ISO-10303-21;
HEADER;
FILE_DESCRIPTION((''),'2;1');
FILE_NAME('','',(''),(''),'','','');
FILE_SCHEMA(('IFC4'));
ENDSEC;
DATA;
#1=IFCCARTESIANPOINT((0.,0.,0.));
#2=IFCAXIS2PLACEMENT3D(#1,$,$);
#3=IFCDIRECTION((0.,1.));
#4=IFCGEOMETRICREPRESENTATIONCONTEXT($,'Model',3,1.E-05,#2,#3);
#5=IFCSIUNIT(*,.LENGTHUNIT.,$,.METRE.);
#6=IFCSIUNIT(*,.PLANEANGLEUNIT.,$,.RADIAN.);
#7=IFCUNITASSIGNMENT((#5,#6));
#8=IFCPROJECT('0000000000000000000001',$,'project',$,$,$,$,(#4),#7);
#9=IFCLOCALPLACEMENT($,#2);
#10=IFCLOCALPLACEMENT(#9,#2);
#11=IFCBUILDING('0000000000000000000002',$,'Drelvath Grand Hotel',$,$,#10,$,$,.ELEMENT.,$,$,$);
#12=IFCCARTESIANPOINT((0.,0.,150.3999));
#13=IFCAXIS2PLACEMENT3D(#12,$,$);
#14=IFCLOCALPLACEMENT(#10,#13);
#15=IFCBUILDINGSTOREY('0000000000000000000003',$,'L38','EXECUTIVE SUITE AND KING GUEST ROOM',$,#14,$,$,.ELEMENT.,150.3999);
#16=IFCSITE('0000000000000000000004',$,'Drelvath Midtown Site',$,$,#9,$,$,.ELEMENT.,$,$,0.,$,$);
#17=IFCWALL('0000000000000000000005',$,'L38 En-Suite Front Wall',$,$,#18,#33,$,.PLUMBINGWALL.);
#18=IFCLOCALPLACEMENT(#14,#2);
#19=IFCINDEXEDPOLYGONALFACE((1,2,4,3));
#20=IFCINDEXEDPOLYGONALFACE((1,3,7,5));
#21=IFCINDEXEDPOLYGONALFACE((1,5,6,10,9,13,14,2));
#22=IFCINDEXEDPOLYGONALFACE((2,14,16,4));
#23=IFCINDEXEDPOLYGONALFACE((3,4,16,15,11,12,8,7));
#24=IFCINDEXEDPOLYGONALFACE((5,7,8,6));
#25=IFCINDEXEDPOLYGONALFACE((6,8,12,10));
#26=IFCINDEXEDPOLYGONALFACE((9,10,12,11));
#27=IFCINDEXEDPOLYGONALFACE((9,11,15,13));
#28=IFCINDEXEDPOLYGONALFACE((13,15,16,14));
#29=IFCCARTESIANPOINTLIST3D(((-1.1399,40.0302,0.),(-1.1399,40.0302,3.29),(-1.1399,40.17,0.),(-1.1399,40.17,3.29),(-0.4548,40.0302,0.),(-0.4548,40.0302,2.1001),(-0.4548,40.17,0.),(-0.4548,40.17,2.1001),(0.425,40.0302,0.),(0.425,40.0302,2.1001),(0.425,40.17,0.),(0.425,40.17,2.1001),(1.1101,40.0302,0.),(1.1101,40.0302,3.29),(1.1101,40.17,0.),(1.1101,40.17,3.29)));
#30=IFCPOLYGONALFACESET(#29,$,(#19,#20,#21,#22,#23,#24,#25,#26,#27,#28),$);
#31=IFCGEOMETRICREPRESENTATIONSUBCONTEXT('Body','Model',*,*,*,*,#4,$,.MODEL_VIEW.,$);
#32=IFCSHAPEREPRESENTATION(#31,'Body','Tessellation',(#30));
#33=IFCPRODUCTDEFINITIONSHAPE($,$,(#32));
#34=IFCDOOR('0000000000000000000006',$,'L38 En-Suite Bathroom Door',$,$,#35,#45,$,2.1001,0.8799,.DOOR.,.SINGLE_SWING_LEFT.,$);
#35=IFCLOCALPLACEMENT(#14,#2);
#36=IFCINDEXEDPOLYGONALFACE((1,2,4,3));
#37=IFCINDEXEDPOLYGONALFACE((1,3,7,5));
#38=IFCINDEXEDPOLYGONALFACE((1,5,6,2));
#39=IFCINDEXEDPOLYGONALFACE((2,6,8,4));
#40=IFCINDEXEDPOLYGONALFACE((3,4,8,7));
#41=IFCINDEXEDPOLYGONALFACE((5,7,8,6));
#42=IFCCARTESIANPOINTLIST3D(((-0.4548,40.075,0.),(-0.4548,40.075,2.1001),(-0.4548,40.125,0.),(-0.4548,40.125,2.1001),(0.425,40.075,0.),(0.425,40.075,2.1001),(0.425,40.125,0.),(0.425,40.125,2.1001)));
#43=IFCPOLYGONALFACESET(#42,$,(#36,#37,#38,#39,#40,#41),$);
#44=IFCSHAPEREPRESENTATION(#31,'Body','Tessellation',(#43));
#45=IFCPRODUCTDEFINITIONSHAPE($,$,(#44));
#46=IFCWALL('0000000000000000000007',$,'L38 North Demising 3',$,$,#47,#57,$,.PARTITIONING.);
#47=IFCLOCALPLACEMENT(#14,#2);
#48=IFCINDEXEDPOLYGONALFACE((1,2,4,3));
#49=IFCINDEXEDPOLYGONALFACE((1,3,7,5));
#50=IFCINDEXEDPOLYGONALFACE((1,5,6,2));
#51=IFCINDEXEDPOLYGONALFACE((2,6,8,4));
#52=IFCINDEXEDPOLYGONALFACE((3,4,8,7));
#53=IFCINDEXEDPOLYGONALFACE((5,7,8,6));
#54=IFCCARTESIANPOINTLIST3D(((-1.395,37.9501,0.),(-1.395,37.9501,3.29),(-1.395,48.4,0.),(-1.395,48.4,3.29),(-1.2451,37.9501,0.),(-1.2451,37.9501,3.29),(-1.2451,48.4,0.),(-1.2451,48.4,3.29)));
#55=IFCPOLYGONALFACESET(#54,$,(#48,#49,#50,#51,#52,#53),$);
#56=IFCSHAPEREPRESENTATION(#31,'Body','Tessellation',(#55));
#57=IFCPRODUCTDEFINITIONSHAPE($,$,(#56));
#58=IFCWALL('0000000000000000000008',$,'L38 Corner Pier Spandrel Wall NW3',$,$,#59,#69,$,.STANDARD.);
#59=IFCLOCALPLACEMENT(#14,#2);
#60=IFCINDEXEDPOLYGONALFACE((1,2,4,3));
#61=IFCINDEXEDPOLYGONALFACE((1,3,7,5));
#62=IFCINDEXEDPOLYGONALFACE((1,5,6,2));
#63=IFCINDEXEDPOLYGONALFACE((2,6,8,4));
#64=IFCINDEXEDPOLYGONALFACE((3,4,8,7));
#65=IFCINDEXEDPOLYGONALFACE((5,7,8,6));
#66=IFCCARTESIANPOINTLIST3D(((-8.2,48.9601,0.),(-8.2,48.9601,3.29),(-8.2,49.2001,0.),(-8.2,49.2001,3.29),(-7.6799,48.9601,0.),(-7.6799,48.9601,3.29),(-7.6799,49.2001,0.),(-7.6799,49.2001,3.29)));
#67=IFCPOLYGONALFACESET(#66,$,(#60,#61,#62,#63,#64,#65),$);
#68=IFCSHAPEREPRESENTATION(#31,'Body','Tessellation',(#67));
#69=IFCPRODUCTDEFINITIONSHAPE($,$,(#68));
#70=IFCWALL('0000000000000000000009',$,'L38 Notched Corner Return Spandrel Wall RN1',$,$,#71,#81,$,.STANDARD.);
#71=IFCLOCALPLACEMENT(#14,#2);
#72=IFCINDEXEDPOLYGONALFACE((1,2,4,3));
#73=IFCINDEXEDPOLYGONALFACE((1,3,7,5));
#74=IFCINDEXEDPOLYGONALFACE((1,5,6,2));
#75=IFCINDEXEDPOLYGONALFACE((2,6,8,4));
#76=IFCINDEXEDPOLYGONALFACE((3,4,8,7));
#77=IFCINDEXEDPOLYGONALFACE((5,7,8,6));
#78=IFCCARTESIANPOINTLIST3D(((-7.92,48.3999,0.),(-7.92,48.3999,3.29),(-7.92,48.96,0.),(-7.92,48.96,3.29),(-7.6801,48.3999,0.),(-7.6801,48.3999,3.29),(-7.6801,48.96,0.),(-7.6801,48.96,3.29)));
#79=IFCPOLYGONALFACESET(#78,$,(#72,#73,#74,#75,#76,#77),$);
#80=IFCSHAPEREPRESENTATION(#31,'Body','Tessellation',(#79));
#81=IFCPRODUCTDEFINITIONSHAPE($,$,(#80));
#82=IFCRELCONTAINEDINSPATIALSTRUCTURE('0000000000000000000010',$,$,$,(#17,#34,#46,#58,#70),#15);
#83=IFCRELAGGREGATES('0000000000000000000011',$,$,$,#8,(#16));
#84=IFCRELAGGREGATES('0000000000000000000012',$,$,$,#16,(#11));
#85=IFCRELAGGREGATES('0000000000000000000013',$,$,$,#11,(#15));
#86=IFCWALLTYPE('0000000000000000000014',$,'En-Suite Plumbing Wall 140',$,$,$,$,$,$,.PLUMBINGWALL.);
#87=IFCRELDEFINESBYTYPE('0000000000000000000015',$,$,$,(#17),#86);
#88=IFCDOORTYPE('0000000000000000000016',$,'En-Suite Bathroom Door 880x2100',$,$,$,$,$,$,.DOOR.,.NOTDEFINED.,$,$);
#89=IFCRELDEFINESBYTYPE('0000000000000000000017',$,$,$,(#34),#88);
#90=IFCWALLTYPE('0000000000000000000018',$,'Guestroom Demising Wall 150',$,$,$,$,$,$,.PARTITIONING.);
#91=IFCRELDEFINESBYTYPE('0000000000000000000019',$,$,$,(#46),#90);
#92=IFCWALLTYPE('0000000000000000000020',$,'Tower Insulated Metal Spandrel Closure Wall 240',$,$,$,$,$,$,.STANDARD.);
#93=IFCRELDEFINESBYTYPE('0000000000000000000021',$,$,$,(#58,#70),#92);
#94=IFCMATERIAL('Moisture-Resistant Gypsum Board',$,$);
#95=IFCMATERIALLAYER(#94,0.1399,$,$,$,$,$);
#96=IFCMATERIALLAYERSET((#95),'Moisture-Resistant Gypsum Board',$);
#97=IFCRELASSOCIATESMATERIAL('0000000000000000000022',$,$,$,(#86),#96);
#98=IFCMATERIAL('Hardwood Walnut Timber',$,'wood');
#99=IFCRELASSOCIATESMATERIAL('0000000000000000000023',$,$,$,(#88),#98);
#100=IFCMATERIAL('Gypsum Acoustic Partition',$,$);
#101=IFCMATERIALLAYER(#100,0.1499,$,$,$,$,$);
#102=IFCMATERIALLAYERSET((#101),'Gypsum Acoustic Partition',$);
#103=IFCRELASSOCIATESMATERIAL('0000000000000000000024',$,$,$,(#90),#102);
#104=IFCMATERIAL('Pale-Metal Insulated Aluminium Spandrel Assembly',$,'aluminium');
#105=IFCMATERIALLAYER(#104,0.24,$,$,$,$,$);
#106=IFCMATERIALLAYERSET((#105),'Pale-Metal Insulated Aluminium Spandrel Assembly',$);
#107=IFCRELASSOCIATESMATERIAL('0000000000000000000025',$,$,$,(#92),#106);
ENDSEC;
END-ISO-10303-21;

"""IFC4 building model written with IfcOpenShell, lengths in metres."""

from ifc_helpers import new_model, si_unit, direction, frame, frame_2d, origin, place, context, subcontext, project, spatial, rectangle, extrude, material, layer, layer_set, type_object, element, fill, save


model = new_model("IFC4")

# Units and contexts
model_context = context("Model", 3, precision=1e-05, world=origin(), true_north=direction((0.0, 1.0)))
body_context = subcontext(model_context, "Body", "Model", "MODEL_VIEW")
ifc_project = project(units=[si_unit("LENGTHUNIT", "METRE"), si_unit("PLANEANGLEUNIT", "RADIAN")], contexts=[model_context])

# Site, building, storey
site_placement = place(None, origin())
site = spatial("IfcSite", under=ifc_project, at=site_placement, Name="Drelvath Midtown Site", CompositionType="ELEMENT", RefElevation=0.0)
building_placement = place(site_placement, origin())
building = spatial("IfcBuilding", under=site, at=building_placement, Name="Drelvath Grand Hotel", CompositionType="ELEMENT")
storey_placement = place(building_placement, frame((0.0, 0.0, 150.3999)))
storey = spatial("IfcBuildingStorey", under=building, at=storey_placement, Name="L38", Description="EXECUTIVE SUITE AND KING GUEST ROOM", CompositionType="ELEMENT", Elevation=150.3999)

# Shared definitions
ifc_material_1 = material(Name="Moisture-Resistant Gypsum Board")
ifc_layer_1 = layer(ifc_material_1, 0.1399)
ifc_layer_set_1 = layer_set([ifc_layer_1], Name="Moisture-Resistant Gypsum Board")
wall_type_1 = type_object("IfcWallType", Name="En-Suite Plumbing Wall 140", PredefinedType="PLUMBINGWALL", material=ifc_layer_set_1)
ifc_material_2 = material(Name="Hardwood Walnut Timber", Category="wood")
door_type = type_object("IfcDoorType", Name="En-Suite Bathroom Door 880x2100", OperationType="NOTDEFINED", PredefinedType="DOOR", material=ifc_material_2)

# Wall, opening, door
wall_1_placement = place(storey_placement, frame((-1.1399, 40.1001, 0.0), z_axis=(0.0, 0.0, 1.0), x_axis=(1.0, 0.0, 0.0)))
wall_1 = element("IfcWall", 1, at=wall_1_placement, inside=storey, type_object=wall_type_1, Name="L38 En-Suite Front Wall", PredefinedType="PLUMBINGWALL", context=body_context, shape_type="SweptSolid", body=[
    extrude(rectangle(XDim=2.25, YDim=0.1399, at=frame_2d((1.125, 0.0))), origin(), (0.0, 0.0, 1.0), 3.29),
])
opening_1_placement = place(wall_1_placement, frame((0.6851, 0.0, 0.0)))
opening_1 = element("IfcOpeningElement", 2, at=opening_1_placement, cuts=wall_1, PredefinedType="OPENING", context=body_context, shape_type="SweptSolid", body=[
    extrude(rectangle(XDim=0.8799, YDim=2.1001, at=frame_2d((0.4399, 1.05))), frame((0.0, 0.0798, 0.0), z_axis=(0.0, -1.0, 0.0), x_axis=(1.0, 0.0, 0.0)), (0.0, 0.0, 1.0), 0.1599),
])
door_1_placement = place(opening_1_placement, origin())
door_1 = element("IfcDoor", 3, at=door_1_placement, inside=storey, type_object=door_type, Name="L38 En-Suite Bathroom Door", OperationType="SINGLE_SWING_LEFT", OverallHeight=2.1001, OverallWidth=0.8799, PredefinedType="DOOR", context=body_context, shape_type="SweptSolid", body=[
    extrude(rectangle(XDim=0.8799, YDim=2.1001, at=frame_2d((0.4399, 1.05))), frame((0.0, 0.0249, 0.0), z_axis=(0.0, -1.0, 0.0), x_axis=(1.0, 0.0, 0.0)), (0.0, 0.0, 1.0), 0.05),
])
fill(opening_1, door_1)

# Walls
ifc_material_3 = material(Name="Gypsum Acoustic Partition")
ifc_layer_2 = layer(ifc_material_3, 0.1499)
ifc_layer_set_2 = layer_set([ifc_layer_2], Name="Gypsum Acoustic Partition")
wall_type_2 = type_object("IfcWallType", Name="Guestroom Demising Wall 150", PredefinedType="PARTITIONING", material=ifc_layer_set_2)
wall_2_placement = place(storey_placement, frame((-1.3201, 37.95, 0.0), z_axis=(0.0, 0.0, 1.0), x_axis=(0.0, 1.0, 0.0)))
element("IfcWall", 4, at=wall_2_placement, inside=storey, type_object=wall_type_2, Name="L38 North Demising 3", PredefinedType="PARTITIONING", context=body_context, shape_type="SweptSolid", body=[
    extrude(rectangle(XDim=10.45, YDim=0.1499, at=frame_2d((5.2251, 0.0))), origin(), (0.0, 0.0, 1.0), 3.29),
])
ifc_material_4 = material(Name="Pale-Metal Insulated Aluminium Spandrel Assembly", Category="aluminium")
ifc_layer_3 = layer(ifc_material_4, 0.24)
ifc_layer_set_3 = layer_set([ifc_layer_3], Name="Pale-Metal Insulated Aluminium Spandrel Assembly")
wall_type_3 = type_object("IfcWallType", Name="Tower Insulated Metal Spandrel Closure Wall 240", PredefinedType="STANDARD", material=ifc_layer_set_3)
wall_3_placement = place(storey_placement, frame((-8.2, 49.0801, 0.0), z_axis=(0.0, 0.0, 1.0), x_axis=(1.0, 0.0, 0.0)))
element("IfcWall", 5, at=wall_3_placement, inside=storey, type_object=wall_type_3, Name="L38 Corner Pier Spandrel Wall NW3", PredefinedType="STANDARD", context=body_context, shape_type="SweptSolid", body=[
    extrude(rectangle(XDim=0.52, YDim=0.24, at=frame_2d((0.26, 0.0))), origin(), (0.0, 0.0, 1.0), 3.29),
])
wall_4_placement = place(storey_placement, frame((-7.8, 48.96, 0.0), z_axis=(0.0, 0.0, 1.0), x_axis=(0.0, -1.0, 0.0)))
element("IfcWall", 6, at=wall_4_placement, inside=storey, type_object=wall_type_3, Name="L38 Notched Corner Return Spandrel Wall RN1", PredefinedType="STANDARD", context=body_context, shape_type="SweptSolid", body=[
    extrude(rectangle(XDim=0.5601, YDim=0.24, at=frame_2d((0.28, 0.0))), origin(), (0.0, 0.0, 1.0), 3.29),
])

save(model, "model.ifc")
